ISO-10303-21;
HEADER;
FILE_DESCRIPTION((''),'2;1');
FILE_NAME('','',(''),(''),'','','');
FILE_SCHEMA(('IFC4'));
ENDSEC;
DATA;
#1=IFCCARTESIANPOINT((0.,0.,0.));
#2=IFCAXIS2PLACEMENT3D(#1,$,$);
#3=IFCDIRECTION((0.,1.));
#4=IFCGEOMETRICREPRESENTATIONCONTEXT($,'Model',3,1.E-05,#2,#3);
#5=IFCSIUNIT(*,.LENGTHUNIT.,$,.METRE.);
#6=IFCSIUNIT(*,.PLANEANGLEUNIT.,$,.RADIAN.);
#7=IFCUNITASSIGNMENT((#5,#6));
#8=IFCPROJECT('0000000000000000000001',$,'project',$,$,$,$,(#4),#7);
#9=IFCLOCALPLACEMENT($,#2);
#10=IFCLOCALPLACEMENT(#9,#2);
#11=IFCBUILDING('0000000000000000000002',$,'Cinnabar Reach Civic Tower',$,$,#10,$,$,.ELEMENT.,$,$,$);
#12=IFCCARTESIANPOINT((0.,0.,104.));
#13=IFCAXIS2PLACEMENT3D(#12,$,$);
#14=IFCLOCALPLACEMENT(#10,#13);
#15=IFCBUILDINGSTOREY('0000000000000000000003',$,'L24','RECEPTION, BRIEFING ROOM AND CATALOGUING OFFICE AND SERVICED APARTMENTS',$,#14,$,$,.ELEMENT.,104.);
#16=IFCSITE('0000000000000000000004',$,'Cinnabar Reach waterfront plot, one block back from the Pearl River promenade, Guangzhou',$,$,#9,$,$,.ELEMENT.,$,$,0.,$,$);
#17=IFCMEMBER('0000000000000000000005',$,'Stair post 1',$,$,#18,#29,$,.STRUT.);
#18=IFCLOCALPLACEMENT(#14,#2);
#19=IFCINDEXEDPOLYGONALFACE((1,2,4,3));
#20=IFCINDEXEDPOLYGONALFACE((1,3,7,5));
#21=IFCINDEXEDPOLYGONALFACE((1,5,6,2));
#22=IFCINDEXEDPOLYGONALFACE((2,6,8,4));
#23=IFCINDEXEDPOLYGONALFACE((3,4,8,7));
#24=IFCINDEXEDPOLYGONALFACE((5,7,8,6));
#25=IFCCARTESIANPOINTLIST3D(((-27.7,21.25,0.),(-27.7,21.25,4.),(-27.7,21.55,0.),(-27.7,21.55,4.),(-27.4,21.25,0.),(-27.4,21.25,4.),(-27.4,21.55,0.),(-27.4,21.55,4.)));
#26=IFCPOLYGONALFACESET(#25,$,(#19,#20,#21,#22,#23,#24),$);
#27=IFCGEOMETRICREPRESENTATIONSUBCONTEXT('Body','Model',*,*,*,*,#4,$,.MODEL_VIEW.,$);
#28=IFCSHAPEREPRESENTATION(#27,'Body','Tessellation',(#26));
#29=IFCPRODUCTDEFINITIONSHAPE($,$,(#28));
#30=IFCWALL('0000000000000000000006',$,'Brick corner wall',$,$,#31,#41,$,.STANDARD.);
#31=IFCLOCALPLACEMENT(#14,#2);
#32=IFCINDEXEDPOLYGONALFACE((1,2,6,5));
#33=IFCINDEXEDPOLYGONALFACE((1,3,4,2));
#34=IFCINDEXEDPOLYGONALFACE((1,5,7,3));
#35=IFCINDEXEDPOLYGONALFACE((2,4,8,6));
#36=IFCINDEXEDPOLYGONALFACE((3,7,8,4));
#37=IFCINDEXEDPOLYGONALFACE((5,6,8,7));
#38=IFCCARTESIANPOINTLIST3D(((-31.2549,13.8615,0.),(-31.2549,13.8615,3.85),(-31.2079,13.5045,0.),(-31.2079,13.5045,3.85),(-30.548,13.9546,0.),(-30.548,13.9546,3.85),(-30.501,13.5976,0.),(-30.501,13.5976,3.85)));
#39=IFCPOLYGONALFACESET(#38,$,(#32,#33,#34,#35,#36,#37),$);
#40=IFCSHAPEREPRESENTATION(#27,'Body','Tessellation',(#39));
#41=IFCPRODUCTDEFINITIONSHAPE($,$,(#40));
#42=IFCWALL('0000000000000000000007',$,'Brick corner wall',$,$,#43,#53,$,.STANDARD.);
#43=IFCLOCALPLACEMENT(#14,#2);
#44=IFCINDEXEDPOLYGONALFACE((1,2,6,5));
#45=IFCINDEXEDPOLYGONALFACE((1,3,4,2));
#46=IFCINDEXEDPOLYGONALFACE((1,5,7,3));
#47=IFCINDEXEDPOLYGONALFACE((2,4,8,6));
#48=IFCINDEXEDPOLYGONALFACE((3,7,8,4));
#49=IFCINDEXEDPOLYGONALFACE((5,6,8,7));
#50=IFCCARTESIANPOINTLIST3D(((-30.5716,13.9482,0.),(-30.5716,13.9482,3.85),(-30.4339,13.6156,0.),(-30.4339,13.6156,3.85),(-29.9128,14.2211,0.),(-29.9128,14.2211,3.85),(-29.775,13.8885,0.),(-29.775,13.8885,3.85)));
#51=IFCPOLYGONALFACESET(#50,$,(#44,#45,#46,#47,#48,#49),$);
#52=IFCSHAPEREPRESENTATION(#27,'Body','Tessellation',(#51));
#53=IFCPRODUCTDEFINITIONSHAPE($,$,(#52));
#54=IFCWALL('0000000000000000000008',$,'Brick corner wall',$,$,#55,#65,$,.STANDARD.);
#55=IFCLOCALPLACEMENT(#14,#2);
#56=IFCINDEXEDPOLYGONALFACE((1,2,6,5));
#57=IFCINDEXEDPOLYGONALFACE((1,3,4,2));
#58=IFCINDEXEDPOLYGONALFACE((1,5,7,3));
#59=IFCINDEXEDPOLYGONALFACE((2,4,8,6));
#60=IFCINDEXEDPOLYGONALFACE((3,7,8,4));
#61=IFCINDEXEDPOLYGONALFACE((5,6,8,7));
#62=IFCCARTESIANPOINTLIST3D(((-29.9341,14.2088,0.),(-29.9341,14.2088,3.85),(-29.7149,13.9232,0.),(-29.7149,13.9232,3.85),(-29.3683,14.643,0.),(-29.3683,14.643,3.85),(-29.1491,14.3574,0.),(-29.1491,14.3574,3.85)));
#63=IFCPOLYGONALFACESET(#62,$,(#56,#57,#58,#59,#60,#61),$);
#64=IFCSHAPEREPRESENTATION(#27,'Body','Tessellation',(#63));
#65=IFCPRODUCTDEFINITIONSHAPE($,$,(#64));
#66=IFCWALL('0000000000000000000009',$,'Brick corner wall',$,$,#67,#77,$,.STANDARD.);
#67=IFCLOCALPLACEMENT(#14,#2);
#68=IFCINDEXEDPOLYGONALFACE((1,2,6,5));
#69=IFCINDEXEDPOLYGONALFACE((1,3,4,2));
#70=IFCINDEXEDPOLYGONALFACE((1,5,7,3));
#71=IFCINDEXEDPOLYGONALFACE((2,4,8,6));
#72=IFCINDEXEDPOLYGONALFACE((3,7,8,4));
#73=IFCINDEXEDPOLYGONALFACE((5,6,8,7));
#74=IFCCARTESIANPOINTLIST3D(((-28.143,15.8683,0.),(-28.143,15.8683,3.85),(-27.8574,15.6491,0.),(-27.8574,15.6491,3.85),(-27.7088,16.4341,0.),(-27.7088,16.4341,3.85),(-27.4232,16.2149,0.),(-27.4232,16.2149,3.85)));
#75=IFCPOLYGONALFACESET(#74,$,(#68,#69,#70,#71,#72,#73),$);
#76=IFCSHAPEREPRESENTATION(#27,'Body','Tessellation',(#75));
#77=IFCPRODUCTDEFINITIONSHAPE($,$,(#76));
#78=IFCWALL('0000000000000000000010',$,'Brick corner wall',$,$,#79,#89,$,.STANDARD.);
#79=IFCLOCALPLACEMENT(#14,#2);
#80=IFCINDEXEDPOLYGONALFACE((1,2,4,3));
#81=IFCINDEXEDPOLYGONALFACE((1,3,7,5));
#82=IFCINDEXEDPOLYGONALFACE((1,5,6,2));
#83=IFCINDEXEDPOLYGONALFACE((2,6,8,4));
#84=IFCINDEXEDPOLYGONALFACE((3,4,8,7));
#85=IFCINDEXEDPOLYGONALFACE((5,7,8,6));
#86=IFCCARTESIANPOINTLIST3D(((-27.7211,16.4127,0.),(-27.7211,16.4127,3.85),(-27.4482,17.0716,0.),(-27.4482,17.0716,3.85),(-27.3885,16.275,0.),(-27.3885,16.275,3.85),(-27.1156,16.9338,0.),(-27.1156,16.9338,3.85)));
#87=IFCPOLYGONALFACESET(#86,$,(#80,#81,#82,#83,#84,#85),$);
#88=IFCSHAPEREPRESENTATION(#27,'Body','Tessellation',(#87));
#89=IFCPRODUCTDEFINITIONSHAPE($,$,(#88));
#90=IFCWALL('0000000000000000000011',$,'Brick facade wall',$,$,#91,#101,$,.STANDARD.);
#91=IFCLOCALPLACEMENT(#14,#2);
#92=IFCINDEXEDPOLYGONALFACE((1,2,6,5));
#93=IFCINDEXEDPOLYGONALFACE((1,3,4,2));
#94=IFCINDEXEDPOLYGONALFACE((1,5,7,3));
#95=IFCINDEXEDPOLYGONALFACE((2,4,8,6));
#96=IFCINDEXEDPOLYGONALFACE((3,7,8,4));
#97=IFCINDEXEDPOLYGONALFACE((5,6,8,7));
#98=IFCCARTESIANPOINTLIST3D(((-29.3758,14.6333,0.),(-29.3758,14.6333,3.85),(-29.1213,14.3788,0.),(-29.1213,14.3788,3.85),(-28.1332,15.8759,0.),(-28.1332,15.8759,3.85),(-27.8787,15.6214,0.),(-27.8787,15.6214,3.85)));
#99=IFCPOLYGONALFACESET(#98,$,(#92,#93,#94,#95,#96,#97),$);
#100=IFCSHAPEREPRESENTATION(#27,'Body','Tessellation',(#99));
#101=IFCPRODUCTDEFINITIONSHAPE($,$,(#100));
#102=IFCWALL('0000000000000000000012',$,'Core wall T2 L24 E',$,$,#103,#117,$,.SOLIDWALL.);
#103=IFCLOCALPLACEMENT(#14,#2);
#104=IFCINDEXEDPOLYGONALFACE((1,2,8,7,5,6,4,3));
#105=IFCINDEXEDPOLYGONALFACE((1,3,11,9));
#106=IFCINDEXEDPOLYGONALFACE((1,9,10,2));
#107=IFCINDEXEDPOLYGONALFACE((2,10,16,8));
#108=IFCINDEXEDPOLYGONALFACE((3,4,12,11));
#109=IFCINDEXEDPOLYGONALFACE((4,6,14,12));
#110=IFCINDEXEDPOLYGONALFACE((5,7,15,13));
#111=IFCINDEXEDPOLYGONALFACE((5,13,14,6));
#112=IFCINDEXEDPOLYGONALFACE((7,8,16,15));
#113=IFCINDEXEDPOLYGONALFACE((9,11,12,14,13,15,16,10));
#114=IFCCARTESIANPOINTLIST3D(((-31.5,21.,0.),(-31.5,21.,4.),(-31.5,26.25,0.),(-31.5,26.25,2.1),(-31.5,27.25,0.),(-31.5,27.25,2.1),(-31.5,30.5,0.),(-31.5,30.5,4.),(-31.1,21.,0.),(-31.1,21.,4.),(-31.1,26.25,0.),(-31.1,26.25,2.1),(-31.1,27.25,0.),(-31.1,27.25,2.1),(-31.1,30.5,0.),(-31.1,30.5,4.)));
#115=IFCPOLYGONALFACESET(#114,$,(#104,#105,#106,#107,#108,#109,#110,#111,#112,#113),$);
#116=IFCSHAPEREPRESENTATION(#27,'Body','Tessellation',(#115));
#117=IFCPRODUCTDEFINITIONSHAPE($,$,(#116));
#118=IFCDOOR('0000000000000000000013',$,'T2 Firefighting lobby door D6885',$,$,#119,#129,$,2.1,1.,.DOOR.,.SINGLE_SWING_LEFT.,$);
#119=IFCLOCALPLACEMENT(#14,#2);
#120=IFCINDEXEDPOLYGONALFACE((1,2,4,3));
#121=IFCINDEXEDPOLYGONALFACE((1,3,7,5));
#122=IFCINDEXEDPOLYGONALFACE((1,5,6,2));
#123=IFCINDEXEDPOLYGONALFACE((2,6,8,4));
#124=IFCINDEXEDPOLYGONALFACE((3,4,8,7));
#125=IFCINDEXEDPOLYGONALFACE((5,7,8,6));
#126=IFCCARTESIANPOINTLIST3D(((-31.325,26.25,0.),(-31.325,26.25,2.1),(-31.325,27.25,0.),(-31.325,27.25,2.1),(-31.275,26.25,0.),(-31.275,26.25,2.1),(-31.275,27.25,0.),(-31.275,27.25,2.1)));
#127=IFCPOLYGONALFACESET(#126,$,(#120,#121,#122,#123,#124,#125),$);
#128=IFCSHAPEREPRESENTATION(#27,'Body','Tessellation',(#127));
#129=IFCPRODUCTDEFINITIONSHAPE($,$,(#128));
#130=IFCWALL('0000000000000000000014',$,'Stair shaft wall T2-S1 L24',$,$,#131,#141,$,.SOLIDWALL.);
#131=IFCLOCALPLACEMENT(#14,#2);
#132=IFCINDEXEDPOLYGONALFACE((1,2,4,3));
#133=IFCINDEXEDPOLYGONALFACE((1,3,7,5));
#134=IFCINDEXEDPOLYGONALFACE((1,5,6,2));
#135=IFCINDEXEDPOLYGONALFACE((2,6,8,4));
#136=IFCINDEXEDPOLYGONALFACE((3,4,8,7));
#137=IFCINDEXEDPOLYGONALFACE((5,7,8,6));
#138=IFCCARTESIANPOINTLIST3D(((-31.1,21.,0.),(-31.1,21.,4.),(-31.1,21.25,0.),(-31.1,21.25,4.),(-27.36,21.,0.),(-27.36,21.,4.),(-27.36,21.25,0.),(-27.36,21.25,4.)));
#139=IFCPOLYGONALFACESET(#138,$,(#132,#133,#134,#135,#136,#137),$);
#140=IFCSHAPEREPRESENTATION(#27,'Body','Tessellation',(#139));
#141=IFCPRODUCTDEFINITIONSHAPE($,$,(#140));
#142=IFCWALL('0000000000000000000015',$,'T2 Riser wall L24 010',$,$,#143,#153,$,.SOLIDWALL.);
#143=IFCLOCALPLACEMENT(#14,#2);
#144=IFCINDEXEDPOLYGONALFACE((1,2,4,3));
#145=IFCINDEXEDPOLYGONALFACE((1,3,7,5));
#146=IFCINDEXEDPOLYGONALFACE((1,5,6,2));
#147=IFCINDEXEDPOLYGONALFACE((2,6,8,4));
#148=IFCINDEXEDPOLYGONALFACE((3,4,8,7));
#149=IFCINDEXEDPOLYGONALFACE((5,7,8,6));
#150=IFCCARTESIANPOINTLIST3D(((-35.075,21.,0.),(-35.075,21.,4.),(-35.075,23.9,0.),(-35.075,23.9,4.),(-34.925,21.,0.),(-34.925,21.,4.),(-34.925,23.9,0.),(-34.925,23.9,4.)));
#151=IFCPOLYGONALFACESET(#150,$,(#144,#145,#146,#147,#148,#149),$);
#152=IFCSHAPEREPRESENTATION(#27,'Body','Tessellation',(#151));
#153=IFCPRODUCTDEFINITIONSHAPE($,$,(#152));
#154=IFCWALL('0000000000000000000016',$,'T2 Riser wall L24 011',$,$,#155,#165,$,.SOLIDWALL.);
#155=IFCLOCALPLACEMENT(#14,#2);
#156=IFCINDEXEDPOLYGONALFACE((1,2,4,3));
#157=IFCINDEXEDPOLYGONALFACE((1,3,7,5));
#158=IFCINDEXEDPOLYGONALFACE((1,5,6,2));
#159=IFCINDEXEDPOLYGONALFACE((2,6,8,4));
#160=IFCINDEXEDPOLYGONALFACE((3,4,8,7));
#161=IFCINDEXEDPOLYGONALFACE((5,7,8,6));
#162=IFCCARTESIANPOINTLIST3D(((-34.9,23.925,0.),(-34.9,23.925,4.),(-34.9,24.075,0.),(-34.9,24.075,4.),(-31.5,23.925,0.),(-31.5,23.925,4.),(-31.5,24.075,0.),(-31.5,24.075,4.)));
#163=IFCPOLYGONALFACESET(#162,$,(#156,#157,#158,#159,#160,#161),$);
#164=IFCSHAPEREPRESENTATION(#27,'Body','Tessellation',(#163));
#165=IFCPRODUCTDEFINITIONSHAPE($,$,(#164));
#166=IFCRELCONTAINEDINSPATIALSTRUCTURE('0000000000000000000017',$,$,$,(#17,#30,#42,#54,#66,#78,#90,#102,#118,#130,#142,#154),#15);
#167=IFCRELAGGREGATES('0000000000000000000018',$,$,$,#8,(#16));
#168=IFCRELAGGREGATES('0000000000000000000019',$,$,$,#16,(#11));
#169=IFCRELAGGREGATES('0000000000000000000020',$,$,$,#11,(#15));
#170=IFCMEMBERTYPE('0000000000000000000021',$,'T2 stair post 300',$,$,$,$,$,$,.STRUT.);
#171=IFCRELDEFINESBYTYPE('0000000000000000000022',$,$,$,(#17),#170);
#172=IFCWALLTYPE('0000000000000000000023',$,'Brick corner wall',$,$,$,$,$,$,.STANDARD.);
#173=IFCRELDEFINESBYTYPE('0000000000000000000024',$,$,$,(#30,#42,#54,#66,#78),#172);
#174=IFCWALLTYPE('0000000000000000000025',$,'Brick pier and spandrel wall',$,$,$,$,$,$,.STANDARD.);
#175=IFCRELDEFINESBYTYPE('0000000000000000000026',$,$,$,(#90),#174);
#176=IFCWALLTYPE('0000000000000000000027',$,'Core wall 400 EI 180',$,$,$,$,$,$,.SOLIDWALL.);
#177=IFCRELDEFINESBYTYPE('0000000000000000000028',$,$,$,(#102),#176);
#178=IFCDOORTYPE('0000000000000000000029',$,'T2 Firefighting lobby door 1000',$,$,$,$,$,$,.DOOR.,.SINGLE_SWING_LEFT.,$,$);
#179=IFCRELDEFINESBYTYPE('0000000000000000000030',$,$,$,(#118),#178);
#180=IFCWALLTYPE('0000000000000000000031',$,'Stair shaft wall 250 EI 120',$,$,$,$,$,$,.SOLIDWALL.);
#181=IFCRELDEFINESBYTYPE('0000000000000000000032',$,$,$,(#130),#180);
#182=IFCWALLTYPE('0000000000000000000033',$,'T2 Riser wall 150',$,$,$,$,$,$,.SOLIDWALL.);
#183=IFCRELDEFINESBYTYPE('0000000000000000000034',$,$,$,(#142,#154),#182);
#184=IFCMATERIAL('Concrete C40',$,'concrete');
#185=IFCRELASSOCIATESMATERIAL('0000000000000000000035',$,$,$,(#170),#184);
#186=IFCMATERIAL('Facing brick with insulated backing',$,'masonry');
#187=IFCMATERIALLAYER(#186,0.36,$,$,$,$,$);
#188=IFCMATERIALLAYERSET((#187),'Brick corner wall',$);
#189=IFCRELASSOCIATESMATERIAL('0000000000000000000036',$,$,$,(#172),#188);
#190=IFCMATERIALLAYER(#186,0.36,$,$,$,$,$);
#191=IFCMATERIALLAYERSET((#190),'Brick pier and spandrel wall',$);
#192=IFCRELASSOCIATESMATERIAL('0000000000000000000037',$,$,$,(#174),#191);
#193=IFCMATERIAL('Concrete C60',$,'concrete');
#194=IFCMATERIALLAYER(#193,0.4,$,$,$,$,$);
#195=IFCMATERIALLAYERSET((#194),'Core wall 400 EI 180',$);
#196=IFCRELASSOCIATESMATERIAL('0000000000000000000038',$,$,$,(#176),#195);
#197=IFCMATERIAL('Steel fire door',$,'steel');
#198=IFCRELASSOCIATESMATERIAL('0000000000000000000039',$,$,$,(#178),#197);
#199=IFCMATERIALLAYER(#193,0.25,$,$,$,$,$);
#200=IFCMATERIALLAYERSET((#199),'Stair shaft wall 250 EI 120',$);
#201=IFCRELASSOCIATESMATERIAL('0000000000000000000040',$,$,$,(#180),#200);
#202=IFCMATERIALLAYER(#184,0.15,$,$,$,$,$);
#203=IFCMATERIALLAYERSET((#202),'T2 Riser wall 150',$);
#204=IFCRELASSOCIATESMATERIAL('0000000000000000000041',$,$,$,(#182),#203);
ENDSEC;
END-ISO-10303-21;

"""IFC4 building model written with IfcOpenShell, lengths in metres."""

from ifc_helpers import new_model, si_unit, direction, frame, frame_2d, origin, origin_2d, place, context, subcontext, project, spatial, rectangle, extrude, material, layer, layer_set, material_profile, profile_set, type_object, element, fill, save


model = new_model("IFC4")

# Units and contexts
model_context = context("Model", 3, precision=1e-05, world=origin(), true_north=direction((0.0, 1.0)))
body_context = subcontext(model_context, "Body", "Model", "MODEL_VIEW")
ifc_project = project(units=[si_unit("LENGTHUNIT", "METRE"), si_unit("PLANEANGLEUNIT", "RADIAN")], contexts=[model_context])

# Site, building, storey
site_placement = place(None, origin())
site = spatial("IfcSite", under=ifc_project, at=site_placement, Name="Cinnabar Reach waterfront plot, one block back from the Pearl River promenade, Guangzhou", CompositionType="ELEMENT", RefElevation=0.0)
building_placement = place(site_placement, origin())
building = spatial("IfcBuilding", under=site, at=building_placement, Name="Cinnabar Reach Civic Tower", CompositionType="ELEMENT")
storey_placement = place(building_placement, frame((0.0, 0.0, 104.0)))
storey = spatial("IfcBuildingStorey", under=building, at=storey_placement, Name="L24", Description="RECEPTION, BRIEFING ROOM AND CATALOGUING OFFICE AND SERVICED APARTMENTS", CompositionType="ELEMENT", Elevation=104.0)

# Shared definitions
ifc_material_1 = material(Name="Concrete C60", Category="concrete")

# Member
ifc_material_2 = material(Name="Concrete C40", Category="concrete")
ifc_material_profile_1 = material_profile(ifc_material_2, rectangle(XDim=0.3, YDim=0.3, at=origin_2d()), Name="C300")
ifc_profile_set_1 = profile_set([ifc_material_profile_1], Name="Concrete C40")
member_type = type_object("IfcMemberType", Name="T2 stair post 300", PredefinedType="STRUT", material=ifc_profile_set_1)
member_placement = place(storey_placement, frame((-27.55, 21.4, 0.0), z_axis=(0.0, 0.0, 1.0), x_axis=(1.0, 0.0, 0.0)))
element("IfcMember", 1, at=member_placement, inside=storey, type_object=member_type, Name="Stair post 1", PredefinedType="STRUT", context=body_context, shape_type="SweptSolid", body=[
    extrude(rectangle(XDim=0.3, YDim=0.3, at=origin_2d()), origin(), (0.0, 0.0, 1.0), 4.0),
])

# Walls
ifc_material_3 = material(Name="Facing brick with insulated backing", Category="masonry")
ifc_layer_1 = layer(ifc_material_3, 0.36)
ifc_layer_set_1 = layer_set([ifc_layer_1], Name="Brick corner wall")
wall_type_1 = type_object("IfcWallType", Name="Brick corner wall", PredefinedType="STANDARD", material=ifc_layer_set_1)
for number, where, z_axis, x_axis, name in (
    (2, (-31.2314, 13.683, 0.0), (0.0, 0.0, 1.0), (0.991441, 0.130556, 0.0), "Brick corner wall"),
    (3, (-30.5027, 13.7819, 0.0), (0.0, 0.0, 1.0), (0.923872, 0.382703, 0.0), "Brick corner wall"),
):
    element("IfcWall", number, at=place(storey_placement, frame(where, z_axis=z_axis, x_axis=x_axis)), inside=storey, type_object=wall_type_1, Name=name, PredefinedType="STANDARD", context=body_context, shape_type="SweptSolid", body=[
        extrude(rectangle(XDim=0.7131, YDim=0.36, at=frame_2d((0.3565, 0.0))), origin(), (0.0, 0.0, 1.0), 3.85),
    ])
for number, where, z_axis, x_axis, name in (
    (4, (-29.8245, 14.066, 0.0), (0.0, 0.0, 1.0), (0.793322, 0.608802, 0.0), "Brick corner wall"),
    (5, (-28.0002, 15.7587, 0.0), (0.0, 0.0, 1.0), (0.608802, 0.793322, 0.0), "Brick corner wall"),
):
    element("IfcWall", number, at=place(storey_placement, frame(where, z_axis=z_axis, x_axis=x_axis)), inside=storey, type_object=wall_type_1, Name=name, PredefinedType="STANDARD", context=body_context, shape_type="SweptSolid", body=[
        extrude(rectangle(XDim=0.7132, YDim=0.36, at=frame_2d((0.3566, 0.0))), origin(), (0.0, 0.0, 1.0), 3.85),
    ])
wall_1_placement = place(storey_placement, frame((-27.5548, 16.3439, 0.0), z_axis=(0.0, 0.0, 1.0), x_axis=(0.382703, 0.923872, 0.0)))
element("IfcWall", 6, at=wall_1_placement, inside=storey, type_object=wall_type_1, Name="Brick corner wall", PredefinedType="STANDARD", context=body_context, shape_type="SweptSolid", body=[
    extrude(rectangle(XDim=0.7131, YDim=0.36, at=frame_2d((0.3565, 0.0))), origin(), (0.0, 0.0, 1.0), 3.85),
])
ifc_layer_2 = layer(ifc_material_3, 0.36)
ifc_layer_set_2 = layer_set([ifc_layer_2], Name="Brick pier and spandrel wall")
wall_type_2 = type_object("IfcWallType", Name="Brick pier and spandrel wall", PredefinedType="STANDARD", material=ifc_layer_set_2)
wall_2_placement = place(storey_placement, frame((-29.2486, 14.506, 0.0), z_axis=(0.0, 0.0, 1.0), x_axis=(0.707107, 0.707107, 0.0)))
element("IfcWall", 7, at=wall_2_placement, inside=storey, type_object=wall_type_2, Name="Brick facade wall", PredefinedType="STANDARD", context=body_context, shape_type="SweptSolid", body=[
    extrude(rectangle(XDim=1.7573, YDim=0.36, at=frame_2d((0.8787, 0.0))), origin(), (0.0, 0.0, 1.0), 3.85),
])

# Wall, opening, door
ifc_layer_3 = layer(ifc_material_1, 0.4)
ifc_layer_set_3 = layer_set([ifc_layer_3], Name="Core wall 400 EI 180")
wall_type_3 = type_object("IfcWallType", Name="Core wall 400 EI 180", PredefinedType="SOLIDWALL", material=ifc_layer_set_3)
wall_3_placement = place(storey_placement, frame((-31.3, 21.0, 0.0), z_axis=(0.0, 0.0, 1.0), x_axis=(0.0, 1.0, 0.0)))
wall_3 = element("IfcWall", 8, at=wall_3_placement, inside=storey, type_object=wall_type_3, Name="Core wall T2 L24 E", PredefinedType="SOLIDWALL", context=body_context, shape_type="SweptSolid", body=[
    extrude(rectangle(XDim=9.5, YDim=0.4, at=frame_2d((4.75, 0.0))), origin(), (0.0, 0.0, 1.0), 4.0),
])
opening_1_placement = place(wall_3_placement, frame((5.25, 0.0, 0.0)))
opening_1 = element("IfcOpeningElement", 9, at=opening_1_placement, cuts=wall_3, PredefinedType="OPENING", context=body_context, shape_type="SweptSolid", body=[
    extrude(rectangle(XDim=1.0, YDim=2.1, at=frame_2d((0.5, 1.05))), frame((0.0, 0.21, 0.0), z_axis=(0.0, -1.0, 0.0), x_axis=(1.0, 0.0, 0.0)), (0.0, 0.0, 1.0), 0.42),
])
ifc_material_4 = material(Name="Steel fire door", Category="steel")
door_type_1 = type_object("IfcDoorType", Name="T2 Firefighting lobby door 1000", OperationType="SINGLE_SWING_LEFT", PredefinedType="DOOR", material=ifc_material_4)
door_1_placement = place(opening_1_placement, frame((1.0, 0.0, 0.0), z_axis=(0.0, 0.0, 1.0), x_axis=(-1.0, 0.0, 0.0)))
door_1 = element("IfcDoor", 10, at=door_1_placement, inside=storey, type_object=door_type_1, Name="T2 Firefighting lobby door D6885", OperationType="SINGLE_SWING_LEFT", OverallHeight=2.1, OverallWidth=1.0, PredefinedType="DOOR", context=body_context, shape_type="SweptSolid", body=[
    extrude(rectangle(XDim=1.0, YDim=2.1, at=frame_2d((0.5, 1.05))), frame((0.0, 0.025, 0.0), z_axis=(0.0, -1.0, 0.0), x_axis=(1.0, 0.0, 0.0)), (0.0, 0.0, 1.0), 0.05),
])
fill(opening_1, door_1)

# Walls
ifc_layer_4 = layer(ifc_material_1, 0.25)
ifc_layer_set_4 = layer_set([ifc_layer_4], Name="Stair shaft wall 250 EI 120")
wall_type_4 = type_object("IfcWallType", Name="Stair shaft wall 250 EI 120", PredefinedType="SOLIDWALL", material=ifc_layer_set_4)
wall_4_placement = place(storey_placement, frame((-31.1, 21.125, 0.0), z_axis=(0.0, 0.0, 1.0), x_axis=(1.0, 0.0, 0.0)))
element("IfcWall", 11, at=wall_4_placement, inside=storey, type_object=wall_type_4, Name="Stair shaft wall T2-S1 L24", PredefinedType="SOLIDWALL", context=body_context, shape_type="SweptSolid", body=[
    extrude(rectangle(XDim=3.74, YDim=0.25, at=frame_2d((1.87, 0.0))), origin(), (0.0, 0.0, 1.0), 4.0),
])
ifc_layer_5 = layer(ifc_material_2, 0.15)
ifc_layer_set_5 = layer_set([ifc_layer_5], Name="T2 Riser wall 150")
wall_type_5 = type_object("IfcWallType", Name="T2 Riser wall 150", PredefinedType="SOLIDWALL", material=ifc_layer_set_5)
wall_5_placement = place(storey_placement, frame((-35.0, 21.0, 0.0), z_axis=(0.0, 0.0, 1.0), x_axis=(0.0, 1.0, 0.0)))
element("IfcWall", 12, at=wall_5_placement, inside=storey, type_object=wall_type_5, Name="T2 Riser wall L24 010", PredefinedType="SOLIDWALL", context=body_context, shape_type="SweptSolid", body=[
    extrude(rectangle(XDim=2.9, YDim=0.15, at=frame_2d((1.45, 0.0))), origin(), (0.0, 0.0, 1.0), 4.0),
])
wall_6_placement = place(storey_placement, frame((-31.5, 24.0, 0.0), z_axis=(0.0, 0.0, 1.0), x_axis=(-1.0, 0.0, 0.0)))
element("IfcWall", 13, at=wall_6_placement, inside=storey, type_object=wall_type_5, Name="T2 Riser wall L24 011", PredefinedType="SOLIDWALL", context=body_context, shape_type="SweptSolid", body=[
    extrude(rectangle(XDim=3.4, YDim=0.15, at=frame_2d((1.7, 0.0))), origin(), (0.0, 0.0, 1.0), 4.0),
])

save(model, "model.ifc")
